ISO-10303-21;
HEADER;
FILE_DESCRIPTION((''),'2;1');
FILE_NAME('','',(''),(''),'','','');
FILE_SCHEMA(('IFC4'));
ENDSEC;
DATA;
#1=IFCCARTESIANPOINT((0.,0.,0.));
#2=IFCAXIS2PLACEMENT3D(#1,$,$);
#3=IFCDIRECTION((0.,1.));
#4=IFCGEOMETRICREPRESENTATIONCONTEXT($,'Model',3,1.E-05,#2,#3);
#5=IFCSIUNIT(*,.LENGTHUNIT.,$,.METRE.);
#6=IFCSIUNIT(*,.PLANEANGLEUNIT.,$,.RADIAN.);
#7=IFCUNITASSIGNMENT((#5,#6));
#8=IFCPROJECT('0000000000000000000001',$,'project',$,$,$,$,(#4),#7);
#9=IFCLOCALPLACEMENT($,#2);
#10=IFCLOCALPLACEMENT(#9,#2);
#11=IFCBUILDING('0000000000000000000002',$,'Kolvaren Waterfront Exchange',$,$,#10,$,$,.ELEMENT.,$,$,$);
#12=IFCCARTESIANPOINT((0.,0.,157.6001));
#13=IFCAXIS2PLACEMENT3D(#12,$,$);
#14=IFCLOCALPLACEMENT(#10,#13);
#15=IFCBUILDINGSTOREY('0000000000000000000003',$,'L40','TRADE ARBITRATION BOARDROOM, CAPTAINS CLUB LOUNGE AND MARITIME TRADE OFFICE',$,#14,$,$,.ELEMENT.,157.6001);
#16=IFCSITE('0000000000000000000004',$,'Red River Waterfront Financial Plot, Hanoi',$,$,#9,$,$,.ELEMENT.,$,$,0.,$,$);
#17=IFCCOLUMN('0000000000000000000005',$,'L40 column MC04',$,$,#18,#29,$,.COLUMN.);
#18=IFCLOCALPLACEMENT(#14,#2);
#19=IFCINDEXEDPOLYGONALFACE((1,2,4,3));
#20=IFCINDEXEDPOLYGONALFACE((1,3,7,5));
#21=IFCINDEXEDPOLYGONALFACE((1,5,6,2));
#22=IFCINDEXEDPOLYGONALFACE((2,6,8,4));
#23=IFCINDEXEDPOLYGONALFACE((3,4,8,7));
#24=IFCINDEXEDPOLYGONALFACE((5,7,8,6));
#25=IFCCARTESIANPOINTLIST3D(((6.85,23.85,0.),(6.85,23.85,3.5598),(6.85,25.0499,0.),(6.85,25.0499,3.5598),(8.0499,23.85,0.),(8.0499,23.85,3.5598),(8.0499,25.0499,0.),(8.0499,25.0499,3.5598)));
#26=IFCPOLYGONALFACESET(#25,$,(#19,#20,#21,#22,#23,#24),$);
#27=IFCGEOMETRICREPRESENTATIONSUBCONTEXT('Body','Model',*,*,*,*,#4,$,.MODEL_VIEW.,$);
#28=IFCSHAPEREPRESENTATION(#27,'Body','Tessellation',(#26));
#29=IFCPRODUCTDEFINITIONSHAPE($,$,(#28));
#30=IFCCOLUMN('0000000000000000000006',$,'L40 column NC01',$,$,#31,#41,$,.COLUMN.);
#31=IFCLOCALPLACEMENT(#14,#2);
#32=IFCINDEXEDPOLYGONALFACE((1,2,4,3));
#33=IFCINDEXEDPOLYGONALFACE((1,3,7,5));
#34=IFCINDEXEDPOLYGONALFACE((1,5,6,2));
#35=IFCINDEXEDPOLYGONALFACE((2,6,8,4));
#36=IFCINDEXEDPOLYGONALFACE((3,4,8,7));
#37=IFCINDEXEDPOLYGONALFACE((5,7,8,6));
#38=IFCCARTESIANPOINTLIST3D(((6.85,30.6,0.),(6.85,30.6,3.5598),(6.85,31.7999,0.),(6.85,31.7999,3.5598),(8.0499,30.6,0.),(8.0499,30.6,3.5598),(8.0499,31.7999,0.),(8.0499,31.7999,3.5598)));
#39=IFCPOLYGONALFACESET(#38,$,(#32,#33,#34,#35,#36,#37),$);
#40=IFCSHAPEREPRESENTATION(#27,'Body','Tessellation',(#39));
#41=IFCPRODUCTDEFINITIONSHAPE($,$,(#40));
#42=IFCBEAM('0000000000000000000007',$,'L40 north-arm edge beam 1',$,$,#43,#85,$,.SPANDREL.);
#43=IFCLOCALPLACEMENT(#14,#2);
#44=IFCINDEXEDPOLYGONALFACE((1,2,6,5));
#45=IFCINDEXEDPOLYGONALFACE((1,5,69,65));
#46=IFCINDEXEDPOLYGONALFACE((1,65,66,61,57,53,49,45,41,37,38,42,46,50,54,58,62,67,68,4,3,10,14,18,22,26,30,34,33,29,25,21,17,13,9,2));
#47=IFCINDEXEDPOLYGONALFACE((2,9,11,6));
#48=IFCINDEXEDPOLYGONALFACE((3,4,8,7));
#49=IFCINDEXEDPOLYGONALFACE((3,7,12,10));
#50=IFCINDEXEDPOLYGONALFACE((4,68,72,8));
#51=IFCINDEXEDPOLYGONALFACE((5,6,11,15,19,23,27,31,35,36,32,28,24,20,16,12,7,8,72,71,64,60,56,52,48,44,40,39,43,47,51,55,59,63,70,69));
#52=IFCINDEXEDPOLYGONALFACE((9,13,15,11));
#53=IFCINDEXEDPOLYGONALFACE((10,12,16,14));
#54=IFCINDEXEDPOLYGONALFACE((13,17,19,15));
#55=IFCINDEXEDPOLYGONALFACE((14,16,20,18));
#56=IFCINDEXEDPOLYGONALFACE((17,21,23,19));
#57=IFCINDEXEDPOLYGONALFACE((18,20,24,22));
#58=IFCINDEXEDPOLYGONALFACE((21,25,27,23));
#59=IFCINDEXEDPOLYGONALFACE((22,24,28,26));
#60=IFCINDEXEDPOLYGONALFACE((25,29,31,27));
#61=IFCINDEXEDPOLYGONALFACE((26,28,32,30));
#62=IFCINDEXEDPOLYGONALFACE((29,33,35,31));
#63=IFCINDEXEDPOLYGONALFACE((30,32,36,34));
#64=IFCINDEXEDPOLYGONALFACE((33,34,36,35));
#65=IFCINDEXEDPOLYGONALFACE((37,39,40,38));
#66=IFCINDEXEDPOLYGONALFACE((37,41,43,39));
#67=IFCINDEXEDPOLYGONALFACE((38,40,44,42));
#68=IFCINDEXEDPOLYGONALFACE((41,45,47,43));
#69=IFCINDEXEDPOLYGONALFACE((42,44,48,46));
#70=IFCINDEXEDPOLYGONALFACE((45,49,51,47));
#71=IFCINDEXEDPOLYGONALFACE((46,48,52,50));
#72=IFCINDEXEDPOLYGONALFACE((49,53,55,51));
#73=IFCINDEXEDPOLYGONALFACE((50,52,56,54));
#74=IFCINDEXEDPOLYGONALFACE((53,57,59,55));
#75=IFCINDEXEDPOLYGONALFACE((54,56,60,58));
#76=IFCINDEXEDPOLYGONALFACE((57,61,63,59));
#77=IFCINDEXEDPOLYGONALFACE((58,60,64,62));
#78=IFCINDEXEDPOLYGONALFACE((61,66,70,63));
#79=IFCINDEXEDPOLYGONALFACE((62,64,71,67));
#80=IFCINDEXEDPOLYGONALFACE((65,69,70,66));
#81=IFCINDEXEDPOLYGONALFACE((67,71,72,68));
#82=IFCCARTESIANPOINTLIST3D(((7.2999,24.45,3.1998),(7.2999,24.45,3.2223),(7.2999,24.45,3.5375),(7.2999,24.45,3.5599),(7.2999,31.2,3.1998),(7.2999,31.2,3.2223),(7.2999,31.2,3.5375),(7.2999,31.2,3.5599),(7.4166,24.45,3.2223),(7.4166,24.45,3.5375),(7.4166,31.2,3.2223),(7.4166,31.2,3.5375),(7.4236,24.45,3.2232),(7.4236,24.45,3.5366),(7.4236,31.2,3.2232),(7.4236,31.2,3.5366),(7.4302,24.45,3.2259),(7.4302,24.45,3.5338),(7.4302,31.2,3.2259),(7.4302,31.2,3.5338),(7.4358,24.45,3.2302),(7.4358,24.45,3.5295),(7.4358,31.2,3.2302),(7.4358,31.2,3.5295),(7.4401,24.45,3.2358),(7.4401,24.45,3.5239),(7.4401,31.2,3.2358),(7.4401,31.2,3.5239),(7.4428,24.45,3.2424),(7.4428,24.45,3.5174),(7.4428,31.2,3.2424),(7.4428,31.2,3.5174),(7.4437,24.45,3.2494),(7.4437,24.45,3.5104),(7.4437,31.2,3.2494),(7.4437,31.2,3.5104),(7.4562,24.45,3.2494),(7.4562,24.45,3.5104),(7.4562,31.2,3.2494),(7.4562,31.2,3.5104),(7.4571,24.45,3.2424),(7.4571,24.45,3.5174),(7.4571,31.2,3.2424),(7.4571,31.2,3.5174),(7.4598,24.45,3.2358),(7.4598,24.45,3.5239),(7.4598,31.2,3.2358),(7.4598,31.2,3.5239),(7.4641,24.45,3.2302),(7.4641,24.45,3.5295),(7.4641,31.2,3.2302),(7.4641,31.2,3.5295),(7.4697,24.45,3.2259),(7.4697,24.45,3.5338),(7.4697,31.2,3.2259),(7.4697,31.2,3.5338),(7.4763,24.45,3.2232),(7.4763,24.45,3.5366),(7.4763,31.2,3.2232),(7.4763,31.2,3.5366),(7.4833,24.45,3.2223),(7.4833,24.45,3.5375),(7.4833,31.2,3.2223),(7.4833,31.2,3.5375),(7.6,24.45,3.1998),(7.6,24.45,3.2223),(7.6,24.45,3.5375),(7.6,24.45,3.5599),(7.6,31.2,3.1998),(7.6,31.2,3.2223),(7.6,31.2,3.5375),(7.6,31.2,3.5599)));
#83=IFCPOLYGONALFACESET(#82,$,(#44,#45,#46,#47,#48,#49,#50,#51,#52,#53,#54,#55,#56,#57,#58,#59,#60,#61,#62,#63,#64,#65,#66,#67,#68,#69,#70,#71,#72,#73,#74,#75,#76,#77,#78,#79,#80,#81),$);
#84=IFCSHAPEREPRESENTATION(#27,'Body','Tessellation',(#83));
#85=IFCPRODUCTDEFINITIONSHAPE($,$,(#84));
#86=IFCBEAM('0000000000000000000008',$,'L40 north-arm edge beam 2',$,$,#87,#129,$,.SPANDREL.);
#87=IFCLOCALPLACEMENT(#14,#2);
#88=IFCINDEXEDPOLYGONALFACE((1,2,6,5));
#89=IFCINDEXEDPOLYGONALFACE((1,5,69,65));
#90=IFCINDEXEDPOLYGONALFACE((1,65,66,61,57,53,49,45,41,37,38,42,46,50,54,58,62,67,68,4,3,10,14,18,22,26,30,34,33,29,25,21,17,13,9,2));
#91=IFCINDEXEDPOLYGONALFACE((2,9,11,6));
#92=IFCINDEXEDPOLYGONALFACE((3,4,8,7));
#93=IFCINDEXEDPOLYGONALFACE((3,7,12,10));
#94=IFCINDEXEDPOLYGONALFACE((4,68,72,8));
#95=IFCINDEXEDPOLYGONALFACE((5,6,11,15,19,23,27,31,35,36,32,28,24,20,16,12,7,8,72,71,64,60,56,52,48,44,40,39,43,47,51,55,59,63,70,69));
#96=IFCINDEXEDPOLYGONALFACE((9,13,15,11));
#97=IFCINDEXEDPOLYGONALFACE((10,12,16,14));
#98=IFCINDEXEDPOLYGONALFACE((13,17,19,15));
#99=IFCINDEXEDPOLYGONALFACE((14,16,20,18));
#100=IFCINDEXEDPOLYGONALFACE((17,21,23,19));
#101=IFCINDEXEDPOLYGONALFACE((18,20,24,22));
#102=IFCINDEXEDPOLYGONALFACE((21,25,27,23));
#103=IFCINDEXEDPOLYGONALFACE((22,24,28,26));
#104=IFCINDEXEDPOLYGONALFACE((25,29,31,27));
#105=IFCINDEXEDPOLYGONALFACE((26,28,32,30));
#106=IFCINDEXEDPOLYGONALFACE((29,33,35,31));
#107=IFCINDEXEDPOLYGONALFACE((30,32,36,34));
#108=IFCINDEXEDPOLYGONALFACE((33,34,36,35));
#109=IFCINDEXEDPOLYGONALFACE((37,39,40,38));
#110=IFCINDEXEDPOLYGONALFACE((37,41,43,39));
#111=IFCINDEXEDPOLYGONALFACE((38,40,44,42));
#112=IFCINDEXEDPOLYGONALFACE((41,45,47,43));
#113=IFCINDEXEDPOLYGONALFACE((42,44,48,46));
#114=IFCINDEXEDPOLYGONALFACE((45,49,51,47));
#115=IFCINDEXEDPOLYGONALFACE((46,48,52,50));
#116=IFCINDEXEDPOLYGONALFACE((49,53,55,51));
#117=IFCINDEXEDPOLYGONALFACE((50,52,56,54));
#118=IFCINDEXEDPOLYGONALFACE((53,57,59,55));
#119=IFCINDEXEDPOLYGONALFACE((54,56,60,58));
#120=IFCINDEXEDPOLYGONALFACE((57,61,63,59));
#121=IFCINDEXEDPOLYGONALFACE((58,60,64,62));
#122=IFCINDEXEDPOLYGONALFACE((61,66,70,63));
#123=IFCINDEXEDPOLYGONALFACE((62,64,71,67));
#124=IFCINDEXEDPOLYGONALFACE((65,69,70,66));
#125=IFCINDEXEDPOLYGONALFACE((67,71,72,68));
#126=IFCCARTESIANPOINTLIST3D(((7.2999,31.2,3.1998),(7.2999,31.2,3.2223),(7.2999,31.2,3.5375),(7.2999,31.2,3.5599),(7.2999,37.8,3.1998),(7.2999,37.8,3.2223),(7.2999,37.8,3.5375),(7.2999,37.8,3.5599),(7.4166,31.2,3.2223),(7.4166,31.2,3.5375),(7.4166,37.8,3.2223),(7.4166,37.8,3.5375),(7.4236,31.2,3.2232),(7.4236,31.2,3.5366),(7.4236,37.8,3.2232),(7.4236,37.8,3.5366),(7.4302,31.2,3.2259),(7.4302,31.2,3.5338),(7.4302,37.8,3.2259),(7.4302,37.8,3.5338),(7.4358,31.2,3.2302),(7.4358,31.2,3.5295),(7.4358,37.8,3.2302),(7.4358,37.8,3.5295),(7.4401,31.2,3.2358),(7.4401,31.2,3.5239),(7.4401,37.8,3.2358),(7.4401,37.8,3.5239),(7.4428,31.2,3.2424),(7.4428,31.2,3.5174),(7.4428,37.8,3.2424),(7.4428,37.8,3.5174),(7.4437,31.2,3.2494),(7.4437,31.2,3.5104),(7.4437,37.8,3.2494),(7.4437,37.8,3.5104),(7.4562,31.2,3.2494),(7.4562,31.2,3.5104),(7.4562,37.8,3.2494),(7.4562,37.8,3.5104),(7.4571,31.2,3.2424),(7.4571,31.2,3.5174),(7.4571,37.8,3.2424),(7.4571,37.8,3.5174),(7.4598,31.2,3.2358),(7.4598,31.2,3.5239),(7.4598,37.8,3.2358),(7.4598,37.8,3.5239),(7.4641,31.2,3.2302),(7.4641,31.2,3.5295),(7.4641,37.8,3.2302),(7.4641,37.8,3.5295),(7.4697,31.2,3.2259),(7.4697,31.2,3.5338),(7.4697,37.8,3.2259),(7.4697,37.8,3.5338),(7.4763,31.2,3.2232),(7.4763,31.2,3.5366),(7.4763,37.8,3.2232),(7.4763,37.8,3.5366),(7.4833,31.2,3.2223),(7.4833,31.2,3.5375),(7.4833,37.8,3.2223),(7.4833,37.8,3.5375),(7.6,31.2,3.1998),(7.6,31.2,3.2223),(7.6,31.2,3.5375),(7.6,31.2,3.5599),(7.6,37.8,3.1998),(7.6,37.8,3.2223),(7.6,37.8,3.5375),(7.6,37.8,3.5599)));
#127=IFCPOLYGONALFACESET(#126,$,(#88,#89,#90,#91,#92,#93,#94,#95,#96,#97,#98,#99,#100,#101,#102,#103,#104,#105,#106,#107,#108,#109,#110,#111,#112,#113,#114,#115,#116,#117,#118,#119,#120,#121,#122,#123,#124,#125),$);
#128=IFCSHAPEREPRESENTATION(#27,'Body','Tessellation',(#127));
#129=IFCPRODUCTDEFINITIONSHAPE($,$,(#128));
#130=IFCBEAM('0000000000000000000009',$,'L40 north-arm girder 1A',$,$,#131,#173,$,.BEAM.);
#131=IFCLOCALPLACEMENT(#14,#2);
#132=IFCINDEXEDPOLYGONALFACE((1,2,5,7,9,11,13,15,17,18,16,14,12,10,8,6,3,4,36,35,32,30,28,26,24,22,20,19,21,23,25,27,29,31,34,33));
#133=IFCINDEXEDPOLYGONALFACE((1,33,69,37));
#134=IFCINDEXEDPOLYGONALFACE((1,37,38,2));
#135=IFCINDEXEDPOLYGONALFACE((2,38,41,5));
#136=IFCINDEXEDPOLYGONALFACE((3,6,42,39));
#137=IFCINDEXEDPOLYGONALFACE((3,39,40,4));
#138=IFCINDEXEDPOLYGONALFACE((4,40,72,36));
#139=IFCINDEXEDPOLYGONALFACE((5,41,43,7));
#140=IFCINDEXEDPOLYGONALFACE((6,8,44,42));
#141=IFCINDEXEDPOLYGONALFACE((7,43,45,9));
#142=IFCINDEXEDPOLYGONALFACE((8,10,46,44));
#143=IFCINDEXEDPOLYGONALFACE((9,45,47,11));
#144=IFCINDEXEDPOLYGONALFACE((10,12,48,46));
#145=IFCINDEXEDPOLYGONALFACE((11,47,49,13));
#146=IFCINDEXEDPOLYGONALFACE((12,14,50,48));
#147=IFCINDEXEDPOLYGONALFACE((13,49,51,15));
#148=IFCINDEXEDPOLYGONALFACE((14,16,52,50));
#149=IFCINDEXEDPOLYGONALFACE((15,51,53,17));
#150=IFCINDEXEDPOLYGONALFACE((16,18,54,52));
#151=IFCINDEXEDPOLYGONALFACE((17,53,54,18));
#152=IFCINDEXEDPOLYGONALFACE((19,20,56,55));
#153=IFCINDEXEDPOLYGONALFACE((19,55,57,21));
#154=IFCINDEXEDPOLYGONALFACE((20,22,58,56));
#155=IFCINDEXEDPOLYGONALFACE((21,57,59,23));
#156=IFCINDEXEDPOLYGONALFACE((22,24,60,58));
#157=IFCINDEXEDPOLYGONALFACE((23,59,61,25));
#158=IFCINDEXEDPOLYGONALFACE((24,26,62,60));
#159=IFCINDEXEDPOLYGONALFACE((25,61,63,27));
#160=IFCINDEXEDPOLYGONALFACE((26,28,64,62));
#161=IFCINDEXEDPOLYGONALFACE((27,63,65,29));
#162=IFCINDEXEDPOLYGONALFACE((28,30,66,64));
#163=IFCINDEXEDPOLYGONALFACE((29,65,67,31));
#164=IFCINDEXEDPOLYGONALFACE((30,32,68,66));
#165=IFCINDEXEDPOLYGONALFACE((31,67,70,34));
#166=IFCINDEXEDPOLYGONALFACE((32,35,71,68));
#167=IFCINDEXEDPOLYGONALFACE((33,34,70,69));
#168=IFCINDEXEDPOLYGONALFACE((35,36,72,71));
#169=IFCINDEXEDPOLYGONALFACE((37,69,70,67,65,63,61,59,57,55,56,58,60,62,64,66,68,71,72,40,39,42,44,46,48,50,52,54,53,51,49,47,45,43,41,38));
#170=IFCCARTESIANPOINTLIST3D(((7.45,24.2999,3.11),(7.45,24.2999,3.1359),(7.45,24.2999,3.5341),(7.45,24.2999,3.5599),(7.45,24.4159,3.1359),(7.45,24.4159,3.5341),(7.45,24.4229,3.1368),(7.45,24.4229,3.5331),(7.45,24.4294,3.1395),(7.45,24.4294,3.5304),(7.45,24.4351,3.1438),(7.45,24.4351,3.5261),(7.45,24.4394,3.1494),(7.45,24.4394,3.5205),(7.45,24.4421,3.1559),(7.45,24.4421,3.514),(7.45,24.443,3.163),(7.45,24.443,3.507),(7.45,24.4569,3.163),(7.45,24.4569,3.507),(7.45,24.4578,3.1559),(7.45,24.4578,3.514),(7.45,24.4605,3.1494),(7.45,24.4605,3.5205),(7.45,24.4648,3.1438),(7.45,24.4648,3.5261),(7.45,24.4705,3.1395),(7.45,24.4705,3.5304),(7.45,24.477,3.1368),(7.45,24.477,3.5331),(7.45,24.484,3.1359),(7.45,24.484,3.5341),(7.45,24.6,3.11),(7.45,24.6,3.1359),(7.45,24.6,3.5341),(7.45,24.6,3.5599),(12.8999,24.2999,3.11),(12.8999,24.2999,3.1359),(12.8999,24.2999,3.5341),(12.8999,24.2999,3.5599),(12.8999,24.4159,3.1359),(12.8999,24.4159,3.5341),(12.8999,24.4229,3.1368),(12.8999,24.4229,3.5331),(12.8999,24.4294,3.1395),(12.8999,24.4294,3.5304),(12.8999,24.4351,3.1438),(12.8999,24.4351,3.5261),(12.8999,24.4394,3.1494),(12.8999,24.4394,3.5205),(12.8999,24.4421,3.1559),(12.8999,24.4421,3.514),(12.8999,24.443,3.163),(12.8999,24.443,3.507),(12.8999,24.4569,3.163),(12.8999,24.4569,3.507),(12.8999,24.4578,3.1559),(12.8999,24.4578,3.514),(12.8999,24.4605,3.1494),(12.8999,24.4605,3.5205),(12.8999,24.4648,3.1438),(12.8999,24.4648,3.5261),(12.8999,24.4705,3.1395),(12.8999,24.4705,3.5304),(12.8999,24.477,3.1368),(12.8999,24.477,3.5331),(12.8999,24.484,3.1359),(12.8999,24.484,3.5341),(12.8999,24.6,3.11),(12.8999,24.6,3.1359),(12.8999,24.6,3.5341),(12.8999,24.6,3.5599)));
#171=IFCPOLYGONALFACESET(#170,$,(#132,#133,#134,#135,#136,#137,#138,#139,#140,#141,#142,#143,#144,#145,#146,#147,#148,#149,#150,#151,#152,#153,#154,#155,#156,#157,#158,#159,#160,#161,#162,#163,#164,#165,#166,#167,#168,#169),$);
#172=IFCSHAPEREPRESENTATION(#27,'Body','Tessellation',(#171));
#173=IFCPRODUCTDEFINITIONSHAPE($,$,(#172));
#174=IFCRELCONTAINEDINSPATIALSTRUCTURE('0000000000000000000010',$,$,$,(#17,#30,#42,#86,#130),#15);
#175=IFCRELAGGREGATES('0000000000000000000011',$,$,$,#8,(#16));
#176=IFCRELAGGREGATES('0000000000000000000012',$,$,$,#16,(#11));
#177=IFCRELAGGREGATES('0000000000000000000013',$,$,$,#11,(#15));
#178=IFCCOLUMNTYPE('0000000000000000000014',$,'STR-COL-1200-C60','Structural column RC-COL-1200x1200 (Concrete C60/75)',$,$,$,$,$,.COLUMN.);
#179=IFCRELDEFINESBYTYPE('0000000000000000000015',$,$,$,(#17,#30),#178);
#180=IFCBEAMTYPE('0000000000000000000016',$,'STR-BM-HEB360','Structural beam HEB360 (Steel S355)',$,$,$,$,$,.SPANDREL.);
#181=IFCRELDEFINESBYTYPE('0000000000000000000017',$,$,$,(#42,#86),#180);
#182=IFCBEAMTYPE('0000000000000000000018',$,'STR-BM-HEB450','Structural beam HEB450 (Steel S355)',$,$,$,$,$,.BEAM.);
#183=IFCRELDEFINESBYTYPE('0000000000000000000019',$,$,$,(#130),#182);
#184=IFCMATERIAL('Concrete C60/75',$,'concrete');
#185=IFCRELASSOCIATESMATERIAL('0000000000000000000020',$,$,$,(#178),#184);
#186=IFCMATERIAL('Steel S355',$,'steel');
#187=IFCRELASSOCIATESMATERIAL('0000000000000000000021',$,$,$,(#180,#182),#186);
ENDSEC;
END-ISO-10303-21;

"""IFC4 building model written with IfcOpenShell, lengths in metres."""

from ifc_helpers import new_model, si_unit, direction, frame, origin, origin_2d, place, context, subcontext, project, spatial, rectangle, i_section, extrude, material, material_profile, profile_set, type_object, element, save


model = new_model("IFC4")

# Units and contexts
model_context = context("Model", 3, precision=1e-05, world=origin(), true_north=direction((0.0, 1.0)))
body_context = subcontext(model_context, "Body", "Model", "MODEL_VIEW")
ifc_project = project(units=[si_unit("LENGTHUNIT", "METRE"), si_unit("PLANEANGLEUNIT", "RADIAN")], contexts=[model_context])

# Site, building, storey
site_placement = place(None, origin())
site = spatial("IfcSite", under=ifc_project, at=site_placement, Name="Red River Waterfront Financial Plot, Hanoi", CompositionType="ELEMENT", RefElevation=0.0)
building_placement = place(site_placement, origin())
building = spatial("IfcBuilding", under=site, at=building_placement, Name="Kolvaren Waterfront Exchange", CompositionType="ELEMENT")
storey_placement = place(building_placement, frame((0.0, 0.0, 157.6001)))
storey = spatial("IfcBuildingStorey", under=building, at=storey_placement, Name="L40", Description="TRADE ARBITRATION BOARDROOM, CAPTAINS CLUB LOUNGE AND MARITIME TRADE OFFICE", CompositionType="ELEMENT", Elevation=157.6001)

# Columns
ifc_material_1 = material(Name="Concrete C60/75", Category="concrete")
ifc_material_profile_1 = material_profile(ifc_material_1, rectangle(XDim=1.2, YDim=1.2, at=origin_2d()), Name="RC-COL-1200x1200")
ifc_profile_set_1 = profile_set([ifc_material_profile_1], Name="Concrete C60/75")
column_type = type_object("IfcColumnType", Name="STR-COL-1200-C60", Description="Structural column RC-COL-1200x1200 (Concrete C60/75)", PredefinedType="COLUMN", material=ifc_profile_set_1)
for number, where, z_axis, x_axis, name in (
    (1, (7.45, 24.45, 0.0), (0.0, 0.0, 1.0), (1.0, 0.0, 0.0), "L40 column MC04"),
    (2, (7.45, 31.2, 0.0), (0.0, 0.0, 1.0), (1.0, 0.0, 0.0), "L40 column NC01"),
):
    element("IfcColumn", number, at=place(storey_placement, frame(where, z_axis=z_axis, x_axis=x_axis)), inside=storey, type_object=column_type, Name=name, PredefinedType="COLUMN", context=body_context, shape_type="SweptSolid", body=[
        extrude(rectangle(XDim=1.2, YDim=1.2, at=origin_2d()), origin(), (0.0, 0.0, 1.0), 3.5598),
    ])

# Beams
ifc_material_2 = material(Name="Steel S355", Category="steel")
ifc_material_profile_2 = material_profile(ifc_material_2, i_section(OverallWidth=0.3, OverallDepth=0.3601, WebThickness=0.0125, FlangeThickness=0.0225, FilletRadius=0.0271, at=origin_2d()), Name="HEB360")
ifc_profile_set_2 = profile_set([ifc_material_profile_2], Name="Steel S355")
beam_type_1 = type_object("IfcBeamType", Name="STR-BM-HEB360", Description="Structural beam HEB360 (Steel S355)", PredefinedType="SPANDREL", material=ifc_profile_set_2)
beam_1_placement = place(storey_placement, frame((7.45, 24.45, 3.3799), z_axis=(0.0, 1.0, 0.0), x_axis=(-1.0, 0.0, 0.0)))
element("IfcBeam", 3, at=beam_1_placement, inside=storey, type_object=beam_type_1, Name="L40 north-arm edge beam 1", PredefinedType="SPANDREL", context=body_context, shape_type="SweptSolid", body=[
    extrude(i_section(OverallWidth=0.3, OverallDepth=0.3601, WebThickness=0.0125, FlangeThickness=0.0225, FilletRadius=0.0271, at=origin_2d()), origin(), (0.0, 0.0, 1.0), 6.75),
])
beam_2_placement = place(storey_placement, frame((7.45, 31.2, 3.3799), z_axis=(0.0, 1.0, 0.0), x_axis=(-1.0, 0.0, 0.0)))
element("IfcBeam", 4, at=beam_2_placement, inside=storey, type_object=beam_type_1, Name="L40 north-arm edge beam 2", PredefinedType="SPANDREL", context=body_context, shape_type="SweptSolid", body=[
    extrude(i_section(OverallWidth=0.3, OverallDepth=0.3601, WebThickness=0.0125, FlangeThickness=0.0225, FilletRadius=0.0271, at=origin_2d()), origin(), (0.0, 0.0, 1.0), 6.6001),
])
ifc_material_profile_3 = material_profile(ifc_material_2, i_section(OverallWidth=0.3, OverallDepth=0.45, WebThickness=0.0139, FlangeThickness=0.0259, FilletRadius=0.0271, at=origin_2d()), Name="HEB450")
ifc_profile_set_3 = profile_set([ifc_material_profile_3], Name="Steel S355")
beam_type_2 = type_object("IfcBeamType", Name="STR-BM-HEB450", Description="Structural beam HEB450 (Steel S355)", PredefinedType="BEAM", material=ifc_profile_set_3)
for number, where, z_axis, x_axis, name in (
    (5, (7.45, 24.45, 3.335), (1.0, 0.0, 0.0), (0.0, 1.0, 0.0), "L40 north-arm girder 1A"),
):
    element("IfcBeam", number, at=place(storey_placement, frame(where, z_axis=z_axis, x_axis=x_axis)), inside=storey, type_object=beam_type_2, Name=name, PredefinedType="BEAM", context=body_context, shape_type="SweptSolid", body=[
        extrude(i_section(OverallWidth=0.3, OverallDepth=0.45, WebThickness=0.0139, FlangeThickness=0.0259, FilletRadius=0.0271, at=origin_2d()), origin(), (0.0, 0.0, 1.0), 5.45),
    ])

save(model, "model.ifc")
